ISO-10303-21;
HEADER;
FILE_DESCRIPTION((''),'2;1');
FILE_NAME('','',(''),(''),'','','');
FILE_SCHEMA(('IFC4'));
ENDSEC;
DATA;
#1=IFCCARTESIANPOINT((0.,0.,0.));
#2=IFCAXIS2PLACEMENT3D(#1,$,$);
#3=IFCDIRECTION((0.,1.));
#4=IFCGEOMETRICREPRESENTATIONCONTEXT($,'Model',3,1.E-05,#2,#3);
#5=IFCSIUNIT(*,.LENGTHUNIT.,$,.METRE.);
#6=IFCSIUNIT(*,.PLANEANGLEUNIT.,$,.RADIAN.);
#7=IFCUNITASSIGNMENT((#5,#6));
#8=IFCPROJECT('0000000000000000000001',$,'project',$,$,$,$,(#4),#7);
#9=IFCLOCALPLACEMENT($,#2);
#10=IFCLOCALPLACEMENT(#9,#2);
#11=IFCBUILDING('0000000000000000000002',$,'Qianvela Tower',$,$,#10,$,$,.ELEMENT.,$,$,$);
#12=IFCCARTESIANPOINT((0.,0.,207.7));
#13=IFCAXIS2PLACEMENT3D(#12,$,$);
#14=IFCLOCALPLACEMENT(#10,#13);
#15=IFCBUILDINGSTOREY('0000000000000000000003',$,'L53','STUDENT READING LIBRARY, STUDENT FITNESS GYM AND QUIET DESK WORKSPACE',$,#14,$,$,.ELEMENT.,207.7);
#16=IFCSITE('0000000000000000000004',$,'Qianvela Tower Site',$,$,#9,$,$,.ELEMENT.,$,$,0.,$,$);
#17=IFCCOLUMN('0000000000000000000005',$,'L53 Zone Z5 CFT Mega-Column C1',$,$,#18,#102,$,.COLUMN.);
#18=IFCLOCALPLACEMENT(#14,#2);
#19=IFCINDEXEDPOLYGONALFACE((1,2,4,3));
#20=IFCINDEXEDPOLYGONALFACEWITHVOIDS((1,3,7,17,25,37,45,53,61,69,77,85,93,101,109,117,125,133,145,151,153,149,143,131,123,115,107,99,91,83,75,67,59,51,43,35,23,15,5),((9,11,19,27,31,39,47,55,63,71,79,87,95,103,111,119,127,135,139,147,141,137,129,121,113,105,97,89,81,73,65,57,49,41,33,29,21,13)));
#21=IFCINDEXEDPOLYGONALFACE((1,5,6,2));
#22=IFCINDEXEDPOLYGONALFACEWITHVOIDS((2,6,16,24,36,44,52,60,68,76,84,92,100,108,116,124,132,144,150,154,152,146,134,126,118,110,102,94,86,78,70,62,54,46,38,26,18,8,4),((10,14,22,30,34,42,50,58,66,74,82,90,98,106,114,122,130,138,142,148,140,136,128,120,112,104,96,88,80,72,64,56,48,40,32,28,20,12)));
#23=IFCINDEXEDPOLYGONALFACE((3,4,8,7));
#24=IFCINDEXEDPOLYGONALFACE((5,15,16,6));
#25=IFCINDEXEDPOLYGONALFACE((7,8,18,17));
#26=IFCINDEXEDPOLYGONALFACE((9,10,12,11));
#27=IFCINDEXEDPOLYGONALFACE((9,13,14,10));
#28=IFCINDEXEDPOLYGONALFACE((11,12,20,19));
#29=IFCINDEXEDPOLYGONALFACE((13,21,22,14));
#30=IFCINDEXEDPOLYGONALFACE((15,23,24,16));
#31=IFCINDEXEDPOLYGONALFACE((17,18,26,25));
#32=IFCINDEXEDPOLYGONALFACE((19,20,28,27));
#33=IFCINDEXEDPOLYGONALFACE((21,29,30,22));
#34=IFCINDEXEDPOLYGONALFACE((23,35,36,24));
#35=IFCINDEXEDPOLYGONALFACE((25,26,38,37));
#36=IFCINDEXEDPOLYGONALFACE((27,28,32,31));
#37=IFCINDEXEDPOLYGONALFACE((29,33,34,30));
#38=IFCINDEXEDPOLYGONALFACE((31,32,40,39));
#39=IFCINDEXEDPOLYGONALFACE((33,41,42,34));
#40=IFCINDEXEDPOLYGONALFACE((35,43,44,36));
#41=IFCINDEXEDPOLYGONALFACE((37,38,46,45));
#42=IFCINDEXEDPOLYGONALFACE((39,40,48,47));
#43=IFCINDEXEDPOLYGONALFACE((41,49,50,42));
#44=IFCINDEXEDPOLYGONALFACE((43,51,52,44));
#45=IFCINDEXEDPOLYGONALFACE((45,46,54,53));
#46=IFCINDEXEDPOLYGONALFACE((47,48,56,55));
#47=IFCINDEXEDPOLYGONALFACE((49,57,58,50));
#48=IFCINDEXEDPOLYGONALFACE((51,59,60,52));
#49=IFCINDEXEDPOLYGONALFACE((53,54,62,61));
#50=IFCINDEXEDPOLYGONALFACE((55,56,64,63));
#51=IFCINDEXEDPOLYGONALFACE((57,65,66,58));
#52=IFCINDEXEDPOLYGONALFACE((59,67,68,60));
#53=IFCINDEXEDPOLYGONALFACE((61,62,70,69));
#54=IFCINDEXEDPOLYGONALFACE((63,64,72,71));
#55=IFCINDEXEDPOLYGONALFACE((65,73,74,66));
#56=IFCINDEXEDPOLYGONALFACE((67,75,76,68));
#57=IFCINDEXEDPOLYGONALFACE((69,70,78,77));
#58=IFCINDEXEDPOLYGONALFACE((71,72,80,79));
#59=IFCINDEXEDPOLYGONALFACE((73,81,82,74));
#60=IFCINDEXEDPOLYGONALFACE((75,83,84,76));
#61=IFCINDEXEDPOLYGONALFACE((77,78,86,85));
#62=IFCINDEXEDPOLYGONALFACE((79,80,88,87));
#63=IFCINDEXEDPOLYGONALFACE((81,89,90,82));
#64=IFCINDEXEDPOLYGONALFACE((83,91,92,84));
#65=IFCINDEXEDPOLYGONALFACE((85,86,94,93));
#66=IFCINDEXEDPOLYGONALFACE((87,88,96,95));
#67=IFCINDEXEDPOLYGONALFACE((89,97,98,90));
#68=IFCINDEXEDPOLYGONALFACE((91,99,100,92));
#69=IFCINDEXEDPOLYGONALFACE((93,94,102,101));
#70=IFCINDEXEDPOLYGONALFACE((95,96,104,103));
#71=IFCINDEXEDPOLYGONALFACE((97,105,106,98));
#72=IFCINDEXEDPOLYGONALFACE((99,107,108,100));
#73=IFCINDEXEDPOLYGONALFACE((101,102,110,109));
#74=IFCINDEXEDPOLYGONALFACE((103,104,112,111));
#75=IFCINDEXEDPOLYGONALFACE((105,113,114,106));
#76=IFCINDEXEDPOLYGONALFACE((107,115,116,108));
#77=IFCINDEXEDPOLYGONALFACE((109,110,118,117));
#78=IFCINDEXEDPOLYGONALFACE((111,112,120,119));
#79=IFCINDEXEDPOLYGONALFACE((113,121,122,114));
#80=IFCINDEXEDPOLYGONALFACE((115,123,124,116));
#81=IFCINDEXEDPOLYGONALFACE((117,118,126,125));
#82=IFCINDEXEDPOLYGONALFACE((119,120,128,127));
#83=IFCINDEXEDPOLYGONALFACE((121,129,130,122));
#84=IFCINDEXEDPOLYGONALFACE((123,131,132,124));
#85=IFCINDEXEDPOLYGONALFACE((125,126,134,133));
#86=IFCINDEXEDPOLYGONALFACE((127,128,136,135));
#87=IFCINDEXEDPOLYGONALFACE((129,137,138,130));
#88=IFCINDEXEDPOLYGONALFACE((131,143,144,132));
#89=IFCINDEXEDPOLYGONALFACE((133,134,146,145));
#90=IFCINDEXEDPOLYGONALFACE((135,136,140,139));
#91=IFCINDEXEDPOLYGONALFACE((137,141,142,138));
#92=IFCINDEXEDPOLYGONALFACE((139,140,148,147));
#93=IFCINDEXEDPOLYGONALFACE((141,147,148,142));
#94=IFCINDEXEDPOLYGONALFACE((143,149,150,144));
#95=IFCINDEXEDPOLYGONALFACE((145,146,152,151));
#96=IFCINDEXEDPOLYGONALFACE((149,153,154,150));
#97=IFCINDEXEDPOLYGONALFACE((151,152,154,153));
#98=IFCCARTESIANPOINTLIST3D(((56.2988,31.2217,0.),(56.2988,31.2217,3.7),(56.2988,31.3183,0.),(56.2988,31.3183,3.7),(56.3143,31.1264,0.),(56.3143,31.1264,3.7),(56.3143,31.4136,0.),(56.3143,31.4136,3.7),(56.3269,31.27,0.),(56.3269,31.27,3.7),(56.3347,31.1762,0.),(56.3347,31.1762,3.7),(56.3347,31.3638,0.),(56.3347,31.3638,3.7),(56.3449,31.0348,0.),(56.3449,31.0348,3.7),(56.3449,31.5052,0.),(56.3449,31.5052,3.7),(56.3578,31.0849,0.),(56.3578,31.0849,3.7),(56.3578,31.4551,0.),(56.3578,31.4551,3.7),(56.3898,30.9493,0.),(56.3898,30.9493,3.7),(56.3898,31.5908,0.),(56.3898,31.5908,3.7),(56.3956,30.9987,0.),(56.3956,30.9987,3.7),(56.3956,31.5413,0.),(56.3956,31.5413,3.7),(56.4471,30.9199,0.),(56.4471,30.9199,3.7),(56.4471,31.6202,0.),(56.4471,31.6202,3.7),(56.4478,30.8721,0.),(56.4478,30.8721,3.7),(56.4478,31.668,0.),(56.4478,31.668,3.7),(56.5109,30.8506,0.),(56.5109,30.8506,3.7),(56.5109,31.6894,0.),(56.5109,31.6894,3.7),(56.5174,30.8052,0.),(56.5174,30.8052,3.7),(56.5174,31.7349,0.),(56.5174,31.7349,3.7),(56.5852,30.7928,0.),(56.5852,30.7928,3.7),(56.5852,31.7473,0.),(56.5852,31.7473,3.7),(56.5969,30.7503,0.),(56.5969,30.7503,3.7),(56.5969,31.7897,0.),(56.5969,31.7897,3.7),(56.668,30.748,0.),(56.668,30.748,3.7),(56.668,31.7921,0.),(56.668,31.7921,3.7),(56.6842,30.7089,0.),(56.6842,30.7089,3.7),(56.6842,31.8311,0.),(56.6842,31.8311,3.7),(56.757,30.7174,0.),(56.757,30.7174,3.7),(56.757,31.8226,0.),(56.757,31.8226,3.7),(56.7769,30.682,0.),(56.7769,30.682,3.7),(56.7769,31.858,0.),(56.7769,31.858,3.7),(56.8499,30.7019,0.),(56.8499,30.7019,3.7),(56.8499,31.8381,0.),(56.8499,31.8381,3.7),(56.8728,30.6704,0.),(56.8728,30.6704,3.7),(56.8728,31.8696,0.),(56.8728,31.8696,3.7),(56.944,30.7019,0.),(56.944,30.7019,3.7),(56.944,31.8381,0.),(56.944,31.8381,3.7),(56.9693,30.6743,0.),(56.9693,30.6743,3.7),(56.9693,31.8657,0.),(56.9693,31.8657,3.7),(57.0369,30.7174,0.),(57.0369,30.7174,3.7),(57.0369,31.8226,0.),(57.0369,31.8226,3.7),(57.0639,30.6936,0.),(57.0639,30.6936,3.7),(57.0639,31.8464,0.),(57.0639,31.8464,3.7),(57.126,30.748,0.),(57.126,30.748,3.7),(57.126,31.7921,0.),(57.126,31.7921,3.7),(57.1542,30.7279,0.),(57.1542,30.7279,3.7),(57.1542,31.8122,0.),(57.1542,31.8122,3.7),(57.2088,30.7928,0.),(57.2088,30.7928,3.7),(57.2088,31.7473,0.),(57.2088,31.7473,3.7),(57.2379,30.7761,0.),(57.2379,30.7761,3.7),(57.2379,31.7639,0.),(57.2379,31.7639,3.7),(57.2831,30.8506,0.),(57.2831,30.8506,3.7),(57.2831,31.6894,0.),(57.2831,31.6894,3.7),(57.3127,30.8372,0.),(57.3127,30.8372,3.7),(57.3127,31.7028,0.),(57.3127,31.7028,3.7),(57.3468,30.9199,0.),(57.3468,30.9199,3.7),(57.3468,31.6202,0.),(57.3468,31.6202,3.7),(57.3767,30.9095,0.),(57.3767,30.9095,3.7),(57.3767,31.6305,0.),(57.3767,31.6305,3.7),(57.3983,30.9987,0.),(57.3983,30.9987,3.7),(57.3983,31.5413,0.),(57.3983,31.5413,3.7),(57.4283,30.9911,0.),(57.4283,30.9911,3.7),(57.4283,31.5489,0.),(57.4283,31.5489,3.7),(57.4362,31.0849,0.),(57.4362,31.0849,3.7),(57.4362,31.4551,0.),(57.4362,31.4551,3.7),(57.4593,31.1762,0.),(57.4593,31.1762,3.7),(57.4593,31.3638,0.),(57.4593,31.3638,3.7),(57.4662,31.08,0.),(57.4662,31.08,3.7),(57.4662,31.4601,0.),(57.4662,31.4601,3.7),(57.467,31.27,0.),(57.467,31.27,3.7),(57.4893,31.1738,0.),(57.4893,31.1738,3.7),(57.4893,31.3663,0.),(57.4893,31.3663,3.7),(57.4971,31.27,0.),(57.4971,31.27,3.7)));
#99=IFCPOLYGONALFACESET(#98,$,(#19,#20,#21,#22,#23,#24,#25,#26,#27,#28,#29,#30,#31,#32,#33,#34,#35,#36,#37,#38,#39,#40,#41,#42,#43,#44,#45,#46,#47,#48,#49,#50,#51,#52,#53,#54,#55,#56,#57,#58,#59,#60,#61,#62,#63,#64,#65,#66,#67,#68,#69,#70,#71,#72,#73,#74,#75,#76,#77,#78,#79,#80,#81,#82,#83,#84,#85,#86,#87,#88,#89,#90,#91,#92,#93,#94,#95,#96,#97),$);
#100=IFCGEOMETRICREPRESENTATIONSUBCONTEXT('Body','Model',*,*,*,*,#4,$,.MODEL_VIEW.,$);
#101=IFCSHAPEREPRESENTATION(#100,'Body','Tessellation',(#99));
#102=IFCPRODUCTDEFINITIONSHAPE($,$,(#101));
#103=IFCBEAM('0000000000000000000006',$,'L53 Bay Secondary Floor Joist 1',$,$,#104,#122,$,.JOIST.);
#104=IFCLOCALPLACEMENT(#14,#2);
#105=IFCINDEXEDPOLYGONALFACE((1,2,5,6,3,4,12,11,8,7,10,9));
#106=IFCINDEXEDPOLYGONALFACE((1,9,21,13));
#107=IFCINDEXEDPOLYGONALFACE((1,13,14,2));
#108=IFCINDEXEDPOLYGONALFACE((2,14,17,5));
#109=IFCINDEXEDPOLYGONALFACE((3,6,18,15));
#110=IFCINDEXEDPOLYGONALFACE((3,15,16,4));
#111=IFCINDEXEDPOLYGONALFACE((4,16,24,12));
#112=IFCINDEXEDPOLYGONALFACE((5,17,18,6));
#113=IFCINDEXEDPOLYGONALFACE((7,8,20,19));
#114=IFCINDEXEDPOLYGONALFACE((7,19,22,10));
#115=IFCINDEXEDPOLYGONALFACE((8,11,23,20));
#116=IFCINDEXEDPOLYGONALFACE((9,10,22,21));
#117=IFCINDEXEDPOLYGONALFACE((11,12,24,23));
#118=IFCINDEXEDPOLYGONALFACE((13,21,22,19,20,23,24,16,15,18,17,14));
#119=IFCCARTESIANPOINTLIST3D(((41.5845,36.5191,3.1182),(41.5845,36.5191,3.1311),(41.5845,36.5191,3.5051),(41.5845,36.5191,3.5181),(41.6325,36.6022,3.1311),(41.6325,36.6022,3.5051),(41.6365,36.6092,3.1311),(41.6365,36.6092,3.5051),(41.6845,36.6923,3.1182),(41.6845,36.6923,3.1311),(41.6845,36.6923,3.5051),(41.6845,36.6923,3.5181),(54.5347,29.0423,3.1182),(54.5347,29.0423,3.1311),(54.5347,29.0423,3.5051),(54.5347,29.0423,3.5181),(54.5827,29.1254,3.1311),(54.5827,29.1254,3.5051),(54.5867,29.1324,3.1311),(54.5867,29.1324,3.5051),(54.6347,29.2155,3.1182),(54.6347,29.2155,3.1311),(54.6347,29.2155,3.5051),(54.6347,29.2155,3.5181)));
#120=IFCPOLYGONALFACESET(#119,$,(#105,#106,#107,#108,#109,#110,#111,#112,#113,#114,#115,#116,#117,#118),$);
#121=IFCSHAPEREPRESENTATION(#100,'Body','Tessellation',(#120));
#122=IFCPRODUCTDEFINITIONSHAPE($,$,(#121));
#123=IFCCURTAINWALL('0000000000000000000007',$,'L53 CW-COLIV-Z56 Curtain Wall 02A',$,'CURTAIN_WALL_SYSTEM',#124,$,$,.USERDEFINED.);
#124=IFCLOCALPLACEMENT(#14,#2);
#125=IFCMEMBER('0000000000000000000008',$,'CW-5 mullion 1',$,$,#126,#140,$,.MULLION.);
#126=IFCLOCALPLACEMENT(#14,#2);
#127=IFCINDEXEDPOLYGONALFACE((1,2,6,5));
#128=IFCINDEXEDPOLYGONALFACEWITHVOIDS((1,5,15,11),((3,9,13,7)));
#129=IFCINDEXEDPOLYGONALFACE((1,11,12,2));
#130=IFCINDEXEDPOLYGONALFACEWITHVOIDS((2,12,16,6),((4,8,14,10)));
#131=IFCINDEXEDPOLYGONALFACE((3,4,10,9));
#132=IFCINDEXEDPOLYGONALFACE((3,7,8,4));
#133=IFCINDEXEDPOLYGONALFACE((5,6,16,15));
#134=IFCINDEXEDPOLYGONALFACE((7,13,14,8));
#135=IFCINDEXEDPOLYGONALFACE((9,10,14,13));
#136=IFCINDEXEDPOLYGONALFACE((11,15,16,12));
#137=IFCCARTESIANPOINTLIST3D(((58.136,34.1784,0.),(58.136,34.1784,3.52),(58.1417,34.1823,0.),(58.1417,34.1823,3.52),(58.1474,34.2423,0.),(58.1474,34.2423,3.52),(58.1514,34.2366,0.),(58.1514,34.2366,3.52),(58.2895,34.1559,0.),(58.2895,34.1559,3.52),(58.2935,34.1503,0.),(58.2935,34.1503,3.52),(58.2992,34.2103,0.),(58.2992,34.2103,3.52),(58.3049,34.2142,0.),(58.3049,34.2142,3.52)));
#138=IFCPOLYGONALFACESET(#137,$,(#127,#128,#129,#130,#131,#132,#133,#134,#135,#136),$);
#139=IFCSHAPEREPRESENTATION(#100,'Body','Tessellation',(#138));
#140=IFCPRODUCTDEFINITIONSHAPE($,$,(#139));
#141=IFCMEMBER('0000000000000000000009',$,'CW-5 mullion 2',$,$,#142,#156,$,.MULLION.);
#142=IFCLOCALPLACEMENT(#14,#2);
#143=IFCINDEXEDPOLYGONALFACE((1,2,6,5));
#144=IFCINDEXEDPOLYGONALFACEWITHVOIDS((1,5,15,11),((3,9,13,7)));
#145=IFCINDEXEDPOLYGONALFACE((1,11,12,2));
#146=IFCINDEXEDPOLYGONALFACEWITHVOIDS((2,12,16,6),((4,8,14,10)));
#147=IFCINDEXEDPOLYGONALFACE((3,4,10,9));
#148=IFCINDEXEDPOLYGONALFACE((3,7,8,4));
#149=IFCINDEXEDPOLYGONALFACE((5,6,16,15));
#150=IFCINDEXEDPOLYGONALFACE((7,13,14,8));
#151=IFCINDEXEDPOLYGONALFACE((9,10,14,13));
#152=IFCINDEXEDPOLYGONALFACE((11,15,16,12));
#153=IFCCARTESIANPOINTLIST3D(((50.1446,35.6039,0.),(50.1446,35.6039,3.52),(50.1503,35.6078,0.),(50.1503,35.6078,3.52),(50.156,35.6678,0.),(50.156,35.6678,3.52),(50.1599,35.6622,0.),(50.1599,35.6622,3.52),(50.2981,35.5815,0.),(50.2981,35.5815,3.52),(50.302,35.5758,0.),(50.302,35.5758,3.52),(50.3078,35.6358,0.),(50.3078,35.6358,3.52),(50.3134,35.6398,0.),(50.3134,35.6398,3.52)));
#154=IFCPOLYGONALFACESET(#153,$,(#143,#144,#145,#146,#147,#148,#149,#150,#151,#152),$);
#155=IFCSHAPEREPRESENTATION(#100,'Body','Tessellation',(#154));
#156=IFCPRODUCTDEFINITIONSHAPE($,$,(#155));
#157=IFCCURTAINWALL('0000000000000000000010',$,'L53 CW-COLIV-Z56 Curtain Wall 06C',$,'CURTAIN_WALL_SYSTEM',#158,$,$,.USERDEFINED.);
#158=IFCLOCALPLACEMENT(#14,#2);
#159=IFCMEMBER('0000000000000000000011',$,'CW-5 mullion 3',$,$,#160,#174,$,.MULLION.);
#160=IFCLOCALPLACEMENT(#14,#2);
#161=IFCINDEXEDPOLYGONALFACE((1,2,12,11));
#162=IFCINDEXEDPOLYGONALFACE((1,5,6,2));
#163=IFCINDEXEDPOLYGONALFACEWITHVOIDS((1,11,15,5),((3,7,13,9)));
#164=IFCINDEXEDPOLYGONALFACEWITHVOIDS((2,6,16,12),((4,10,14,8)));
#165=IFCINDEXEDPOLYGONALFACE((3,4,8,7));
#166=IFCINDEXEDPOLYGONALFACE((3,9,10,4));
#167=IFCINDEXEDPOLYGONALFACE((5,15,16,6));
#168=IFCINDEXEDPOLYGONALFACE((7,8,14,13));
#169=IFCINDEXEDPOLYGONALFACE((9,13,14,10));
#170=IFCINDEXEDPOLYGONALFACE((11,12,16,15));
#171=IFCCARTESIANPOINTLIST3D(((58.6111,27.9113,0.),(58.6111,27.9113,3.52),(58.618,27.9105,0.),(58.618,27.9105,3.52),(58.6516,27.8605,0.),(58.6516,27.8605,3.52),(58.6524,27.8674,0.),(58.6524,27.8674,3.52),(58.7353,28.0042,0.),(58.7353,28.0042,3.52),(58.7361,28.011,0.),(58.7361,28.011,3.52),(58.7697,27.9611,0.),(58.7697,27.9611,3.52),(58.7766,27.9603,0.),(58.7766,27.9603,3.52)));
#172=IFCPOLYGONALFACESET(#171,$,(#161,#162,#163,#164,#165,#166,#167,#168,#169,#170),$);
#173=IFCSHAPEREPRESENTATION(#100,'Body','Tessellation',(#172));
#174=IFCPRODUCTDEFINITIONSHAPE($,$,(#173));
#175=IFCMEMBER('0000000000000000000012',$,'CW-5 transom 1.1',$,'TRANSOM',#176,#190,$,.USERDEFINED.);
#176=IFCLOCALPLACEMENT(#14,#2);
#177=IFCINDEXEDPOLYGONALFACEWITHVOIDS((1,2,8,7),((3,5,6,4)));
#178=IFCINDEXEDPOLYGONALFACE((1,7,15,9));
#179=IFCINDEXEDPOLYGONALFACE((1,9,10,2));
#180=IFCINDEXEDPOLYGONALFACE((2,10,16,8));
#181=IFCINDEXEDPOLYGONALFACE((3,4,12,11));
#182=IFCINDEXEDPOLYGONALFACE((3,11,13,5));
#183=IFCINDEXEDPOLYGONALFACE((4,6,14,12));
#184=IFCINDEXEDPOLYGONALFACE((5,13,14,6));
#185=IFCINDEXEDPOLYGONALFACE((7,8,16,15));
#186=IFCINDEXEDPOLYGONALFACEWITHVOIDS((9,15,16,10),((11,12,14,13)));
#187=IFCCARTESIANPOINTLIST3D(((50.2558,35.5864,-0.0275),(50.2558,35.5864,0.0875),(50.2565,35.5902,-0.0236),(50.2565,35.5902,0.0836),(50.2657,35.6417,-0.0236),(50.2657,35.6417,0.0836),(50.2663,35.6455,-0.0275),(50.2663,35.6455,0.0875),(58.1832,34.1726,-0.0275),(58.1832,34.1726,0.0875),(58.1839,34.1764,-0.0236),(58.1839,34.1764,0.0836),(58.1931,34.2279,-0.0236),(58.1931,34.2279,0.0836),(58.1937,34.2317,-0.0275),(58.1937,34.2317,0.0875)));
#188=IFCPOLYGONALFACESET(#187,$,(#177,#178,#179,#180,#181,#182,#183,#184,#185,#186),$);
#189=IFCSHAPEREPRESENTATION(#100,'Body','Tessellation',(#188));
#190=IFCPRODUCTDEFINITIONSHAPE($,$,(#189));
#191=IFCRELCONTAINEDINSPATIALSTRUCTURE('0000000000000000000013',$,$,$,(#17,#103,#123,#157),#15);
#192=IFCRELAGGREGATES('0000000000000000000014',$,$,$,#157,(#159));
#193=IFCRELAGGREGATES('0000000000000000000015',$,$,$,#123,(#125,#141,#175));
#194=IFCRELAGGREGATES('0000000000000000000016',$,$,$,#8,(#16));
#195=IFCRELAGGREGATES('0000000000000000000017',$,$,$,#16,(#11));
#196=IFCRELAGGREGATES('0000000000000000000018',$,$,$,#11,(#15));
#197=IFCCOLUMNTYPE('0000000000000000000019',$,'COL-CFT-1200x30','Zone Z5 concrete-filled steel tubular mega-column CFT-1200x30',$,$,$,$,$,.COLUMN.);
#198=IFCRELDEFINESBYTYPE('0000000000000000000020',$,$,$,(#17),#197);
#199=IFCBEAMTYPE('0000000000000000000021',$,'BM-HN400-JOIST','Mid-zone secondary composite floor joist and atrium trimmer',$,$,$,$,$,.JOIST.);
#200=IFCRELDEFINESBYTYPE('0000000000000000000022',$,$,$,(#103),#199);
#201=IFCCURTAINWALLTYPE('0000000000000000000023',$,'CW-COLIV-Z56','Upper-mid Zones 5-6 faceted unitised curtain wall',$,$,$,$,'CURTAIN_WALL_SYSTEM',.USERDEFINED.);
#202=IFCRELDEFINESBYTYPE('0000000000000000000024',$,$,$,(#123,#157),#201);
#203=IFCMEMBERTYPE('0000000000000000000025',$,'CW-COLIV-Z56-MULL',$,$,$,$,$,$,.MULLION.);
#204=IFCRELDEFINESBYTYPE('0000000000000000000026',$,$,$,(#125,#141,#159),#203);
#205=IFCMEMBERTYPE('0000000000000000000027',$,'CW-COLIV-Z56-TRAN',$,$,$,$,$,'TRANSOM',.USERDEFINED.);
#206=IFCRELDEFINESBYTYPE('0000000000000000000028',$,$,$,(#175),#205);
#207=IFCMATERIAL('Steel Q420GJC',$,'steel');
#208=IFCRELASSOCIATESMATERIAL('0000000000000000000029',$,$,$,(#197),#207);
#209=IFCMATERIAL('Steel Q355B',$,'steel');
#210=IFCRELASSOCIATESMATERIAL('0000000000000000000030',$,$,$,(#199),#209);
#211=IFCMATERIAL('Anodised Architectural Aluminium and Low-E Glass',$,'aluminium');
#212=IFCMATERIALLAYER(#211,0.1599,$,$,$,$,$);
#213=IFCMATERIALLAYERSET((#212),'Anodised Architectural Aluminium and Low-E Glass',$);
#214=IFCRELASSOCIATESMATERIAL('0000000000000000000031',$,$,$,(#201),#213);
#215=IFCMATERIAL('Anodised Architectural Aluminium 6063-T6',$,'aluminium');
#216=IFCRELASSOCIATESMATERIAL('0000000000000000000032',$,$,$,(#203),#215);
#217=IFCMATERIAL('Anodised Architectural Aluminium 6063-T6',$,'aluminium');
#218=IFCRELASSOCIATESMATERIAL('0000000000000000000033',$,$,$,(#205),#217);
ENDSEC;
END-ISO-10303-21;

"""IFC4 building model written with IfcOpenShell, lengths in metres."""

from ifc_helpers import new_model, si_unit, direction, frame, origin, origin_2d, place, context, subcontext, project, spatial, hollow_rectangle, hollow_circle, i_section, extrude, material, layer, layer_set, material_profile, profile_set, type_object, element, aggregate, save


model = new_model("IFC4")

# Units and contexts
model_context = context("Model", 3, precision=1e-05, world=origin(), true_north=direction((0.0, 1.0)))
body_context = subcontext(model_context, "Body", "Model", "MODEL_VIEW")
ifc_project = project(units=[si_unit("LENGTHUNIT", "METRE"), si_unit("PLANEANGLEUNIT", "RADIAN")], contexts=[model_context])

# Site, building, storey
site_placement = place(None, origin())
site = spatial("IfcSite", under=ifc_project, at=site_placement, Name="Qianvela Tower Site", CompositionType="ELEMENT", RefElevation=0.0)
building_placement = place(site_placement, origin())
building = spatial("IfcBuilding", under=site, at=building_placement, Name="Qianvela Tower", CompositionType="ELEMENT")
storey_placement = place(building_placement, frame((0.0, 0.0, 207.7)))
storey = spatial("IfcBuildingStorey", under=building, at=storey_placement, Name="L53", Description="STUDENT READING LIBRARY, STUDENT FITNESS GYM AND QUIET DESK WORKSPACE", CompositionType="ELEMENT", Elevation=207.7)

# Column
ifc_material_1 = material(Name="Steel Q420GJC", Category="steel")
ifc_material_profile_1 = material_profile(ifc_material_1, hollow_circle(Radius=0.6001, WallThickness=0.03, at=origin_2d()), Name="CFT-1200x30")
ifc_profile_set_1 = profile_set([ifc_material_profile_1], Name="Steel Q420GJC")
column_type = type_object("IfcColumnType", Name="COL-CFT-1200x30", Description="Zone Z5 concrete-filled steel tubular mega-column CFT-1200x30", PredefinedType="COLUMN", material=ifc_profile_set_1)
column_placement = place(storey_placement, frame((56.897, 31.27, 0.0), z_axis=(0.0, 0.0, 1.0), x_axis=(1.0, 0.0, 0.0)))
element("IfcColumn", 1, at=column_placement, inside=storey, type_object=column_type, Name="L53 Zone Z5 CFT Mega-Column C1", PredefinedType="COLUMN", context=body_context, shape_type="SweptSolid", body=[
    extrude(hollow_circle(Radius=0.6001, WallThickness=0.03, at=origin_2d()), origin(), (0.0, 0.0, 1.0), 3.7),
])

# Beam
ifc_material_2 = material(Name="Steel Q355B", Category="steel")
ifc_material_profile_2 = material_profile(ifc_material_2, i_section(OverallWidth=0.2, OverallDepth=0.3999, WebThickness=0.0081, FlangeThickness=0.0129, at=origin_2d()), Name="HN400x200x8x13")
ifc_profile_set_2 = profile_set([ifc_material_profile_2], Name="Steel Q355B")
beam_type = type_object("IfcBeamType", Name="BM-HN400-JOIST", Description="Mid-zone secondary composite floor joist and atrium trimmer", PredefinedType="JOIST", material=ifc_profile_set_2)
beam_placement = place(storey_placement, frame((54.5847, 29.1289, 3.3181), z_axis=(-0.866025, 0.5, 0.0), x_axis=(-0.5, -0.866025, 0.0)))
element("IfcBeam", 2, at=beam_placement, inside=storey, type_object=beam_type, Name="L53 Bay Secondary Floor Joist 1", PredefinedType="JOIST", context=body_context, shape_type="SweptSolid", body=[
    extrude(i_section(OverallWidth=0.2, OverallDepth=0.3999, WebThickness=0.0081, FlangeThickness=0.0129, at=origin_2d()), origin(), (0.0, 0.0, 1.0), 14.9536),
])

# Curtain wall, members
ifc_material_3 = material(Name="Anodised Architectural Aluminium and Low-E Glass", Category="aluminium")
ifc_layer_1 = layer(ifc_material_3, 0.1599)
ifc_layer_set_1 = layer_set([ifc_layer_1], Name="Anodised Architectural Aluminium and Low-E Glass")
curtain_wall_type = type_object("IfcCurtainWallType", Name="CW-COLIV-Z56", Description="Upper-mid Zones 5-6 faceted unitised curtain wall", ElementType="CURTAIN_WALL_SYSTEM", PredefinedType="USERDEFINED", material=ifc_layer_set_1)
curtain_wall_1_placement = place(storey_placement, origin())
curtain_wall_1 = element("IfcCurtainWall", 3, at=curtain_wall_1_placement, inside=storey, type_object=curtain_wall_type, Name="L53 CW-COLIV-Z56 Curtain Wall 02A", ObjectType="CURTAIN_WALL_SYSTEM", PredefinedType="USERDEFINED")
ifc_material_4 = material(Name="Anodised Architectural Aluminium 6063-T6", Category="aluminium")
ifc_material_profile_3 = material_profile(ifc_material_4, hollow_rectangle(XDim=0.0649, YDim=0.1599, WallThickness=0.0049, at=origin_2d()), Name="ALU-MULL-65x160")
ifc_profile_set_3 = profile_set([ifc_material_profile_3], Name="Anodised Architectural Aluminium 6063-T6")
member_type_1 = type_object("IfcMemberType", Name="CW-COLIV-Z56-MULL", PredefinedType="MULLION", material=ifc_profile_set_3)
member_1_placement = place(storey_placement, frame((58.2205, 34.1963, 0.0), z_axis=(0.0, 0.0, 1.0), x_axis=(-0.175588, -0.984464, 0.0)))
member_1 = element("IfcMember", 4, at=member_1_placement, type_object=member_type_1, Name="CW-5 mullion 1", PredefinedType="MULLION", context=body_context, shape_type="SweptSolid", body=[
    extrude(hollow_rectangle(XDim=0.0649, YDim=0.1599, WallThickness=0.0049, at=origin_2d()), origin(), (0.0, 0.0, 1.0), 3.52),
])
member_2_placement = place(storey_placement, frame((50.229, 35.6218, 0.0), z_axis=(0.0, 0.0, 1.0), x_axis=(-0.175588, -0.984464, 0.0)))
member_2 = element("IfcMember", 5, at=member_2_placement, type_object=member_type_1, Name="CW-5 mullion 2", PredefinedType="MULLION", context=body_context, shape_type="SweptSolid", body=[
    extrude(hollow_rectangle(XDim=0.0649, YDim=0.1599, WallThickness=0.0049, at=origin_2d()), origin(), (0.0, 0.0, 1.0), 3.52),
])

# Curtain wall, member
curtain_wall_2_placement = place(storey_placement, origin())
curtain_wall_2 = element("IfcCurtainWall", 6, at=curtain_wall_2_placement, inside=storey, type_object=curtain_wall_type, Name="L53 CW-COLIV-Z56 Curtain Wall 06C", ObjectType="CURTAIN_WALL_SYSTEM", PredefinedType="USERDEFINED")
member_3_placement = place(storey_placement, frame((58.6938, 27.9358, 0.0), z_axis=(0.0, 0.0, 1.0), x_axis=(-0.623783, 0.781597, 0.0)))
member_3 = element("IfcMember", 7, at=member_3_placement, type_object=member_type_1, Name="CW-5 mullion 3", PredefinedType="MULLION", context=body_context, shape_type="SweptSolid", body=[
    extrude(hollow_rectangle(XDim=0.0649, YDim=0.1599, WallThickness=0.0049, at=origin_2d()), origin(), (0.0, 0.0, 1.0), 3.52),
])
aggregate(curtain_wall_2, [member_3])

# Member
ifc_material_5 = material(Name="Anodised Architectural Aluminium 6063-T6", Category="aluminium")
ifc_material_profile_4 = material_profile(ifc_material_5, hollow_rectangle(XDim=0.0601, YDim=0.115, WallThickness=0.0039, at=origin_2d()), Name="ALU-TRAN-60x115")
ifc_profile_set_4 = profile_set([ifc_material_profile_4], Name="Anodised Architectural Aluminium 6063-T6")
member_type_2 = type_object("IfcMemberType", Name="CW-COLIV-Z56-TRAN", ElementType="TRANSOM", PredefinedType="USERDEFINED", material=ifc_profile_set_4)
member_4_placement = place(storey_placement, frame((58.1885, 34.2021, 0.03), z_axis=(-0.984466, 0.175573, 0.0), x_axis=(-0.175573, -0.984466, 0.0)))
member_4 = element("IfcMember", 8, at=member_4_placement, type_object=member_type_2, Name="CW-5 transom 1.1", ObjectType="TRANSOM", PredefinedType="USERDEFINED", context=body_context, shape_type="SweptSolid", body=[
    extrude(hollow_rectangle(XDim=0.0601, YDim=0.115, WallThickness=0.0039, at=origin_2d()), origin(), (0.0, 0.0, 1.0), 8.0525),
])

aggregate(curtain_wall_1, [member_1, member_2, member_4])

save(model, "model.ifc")
